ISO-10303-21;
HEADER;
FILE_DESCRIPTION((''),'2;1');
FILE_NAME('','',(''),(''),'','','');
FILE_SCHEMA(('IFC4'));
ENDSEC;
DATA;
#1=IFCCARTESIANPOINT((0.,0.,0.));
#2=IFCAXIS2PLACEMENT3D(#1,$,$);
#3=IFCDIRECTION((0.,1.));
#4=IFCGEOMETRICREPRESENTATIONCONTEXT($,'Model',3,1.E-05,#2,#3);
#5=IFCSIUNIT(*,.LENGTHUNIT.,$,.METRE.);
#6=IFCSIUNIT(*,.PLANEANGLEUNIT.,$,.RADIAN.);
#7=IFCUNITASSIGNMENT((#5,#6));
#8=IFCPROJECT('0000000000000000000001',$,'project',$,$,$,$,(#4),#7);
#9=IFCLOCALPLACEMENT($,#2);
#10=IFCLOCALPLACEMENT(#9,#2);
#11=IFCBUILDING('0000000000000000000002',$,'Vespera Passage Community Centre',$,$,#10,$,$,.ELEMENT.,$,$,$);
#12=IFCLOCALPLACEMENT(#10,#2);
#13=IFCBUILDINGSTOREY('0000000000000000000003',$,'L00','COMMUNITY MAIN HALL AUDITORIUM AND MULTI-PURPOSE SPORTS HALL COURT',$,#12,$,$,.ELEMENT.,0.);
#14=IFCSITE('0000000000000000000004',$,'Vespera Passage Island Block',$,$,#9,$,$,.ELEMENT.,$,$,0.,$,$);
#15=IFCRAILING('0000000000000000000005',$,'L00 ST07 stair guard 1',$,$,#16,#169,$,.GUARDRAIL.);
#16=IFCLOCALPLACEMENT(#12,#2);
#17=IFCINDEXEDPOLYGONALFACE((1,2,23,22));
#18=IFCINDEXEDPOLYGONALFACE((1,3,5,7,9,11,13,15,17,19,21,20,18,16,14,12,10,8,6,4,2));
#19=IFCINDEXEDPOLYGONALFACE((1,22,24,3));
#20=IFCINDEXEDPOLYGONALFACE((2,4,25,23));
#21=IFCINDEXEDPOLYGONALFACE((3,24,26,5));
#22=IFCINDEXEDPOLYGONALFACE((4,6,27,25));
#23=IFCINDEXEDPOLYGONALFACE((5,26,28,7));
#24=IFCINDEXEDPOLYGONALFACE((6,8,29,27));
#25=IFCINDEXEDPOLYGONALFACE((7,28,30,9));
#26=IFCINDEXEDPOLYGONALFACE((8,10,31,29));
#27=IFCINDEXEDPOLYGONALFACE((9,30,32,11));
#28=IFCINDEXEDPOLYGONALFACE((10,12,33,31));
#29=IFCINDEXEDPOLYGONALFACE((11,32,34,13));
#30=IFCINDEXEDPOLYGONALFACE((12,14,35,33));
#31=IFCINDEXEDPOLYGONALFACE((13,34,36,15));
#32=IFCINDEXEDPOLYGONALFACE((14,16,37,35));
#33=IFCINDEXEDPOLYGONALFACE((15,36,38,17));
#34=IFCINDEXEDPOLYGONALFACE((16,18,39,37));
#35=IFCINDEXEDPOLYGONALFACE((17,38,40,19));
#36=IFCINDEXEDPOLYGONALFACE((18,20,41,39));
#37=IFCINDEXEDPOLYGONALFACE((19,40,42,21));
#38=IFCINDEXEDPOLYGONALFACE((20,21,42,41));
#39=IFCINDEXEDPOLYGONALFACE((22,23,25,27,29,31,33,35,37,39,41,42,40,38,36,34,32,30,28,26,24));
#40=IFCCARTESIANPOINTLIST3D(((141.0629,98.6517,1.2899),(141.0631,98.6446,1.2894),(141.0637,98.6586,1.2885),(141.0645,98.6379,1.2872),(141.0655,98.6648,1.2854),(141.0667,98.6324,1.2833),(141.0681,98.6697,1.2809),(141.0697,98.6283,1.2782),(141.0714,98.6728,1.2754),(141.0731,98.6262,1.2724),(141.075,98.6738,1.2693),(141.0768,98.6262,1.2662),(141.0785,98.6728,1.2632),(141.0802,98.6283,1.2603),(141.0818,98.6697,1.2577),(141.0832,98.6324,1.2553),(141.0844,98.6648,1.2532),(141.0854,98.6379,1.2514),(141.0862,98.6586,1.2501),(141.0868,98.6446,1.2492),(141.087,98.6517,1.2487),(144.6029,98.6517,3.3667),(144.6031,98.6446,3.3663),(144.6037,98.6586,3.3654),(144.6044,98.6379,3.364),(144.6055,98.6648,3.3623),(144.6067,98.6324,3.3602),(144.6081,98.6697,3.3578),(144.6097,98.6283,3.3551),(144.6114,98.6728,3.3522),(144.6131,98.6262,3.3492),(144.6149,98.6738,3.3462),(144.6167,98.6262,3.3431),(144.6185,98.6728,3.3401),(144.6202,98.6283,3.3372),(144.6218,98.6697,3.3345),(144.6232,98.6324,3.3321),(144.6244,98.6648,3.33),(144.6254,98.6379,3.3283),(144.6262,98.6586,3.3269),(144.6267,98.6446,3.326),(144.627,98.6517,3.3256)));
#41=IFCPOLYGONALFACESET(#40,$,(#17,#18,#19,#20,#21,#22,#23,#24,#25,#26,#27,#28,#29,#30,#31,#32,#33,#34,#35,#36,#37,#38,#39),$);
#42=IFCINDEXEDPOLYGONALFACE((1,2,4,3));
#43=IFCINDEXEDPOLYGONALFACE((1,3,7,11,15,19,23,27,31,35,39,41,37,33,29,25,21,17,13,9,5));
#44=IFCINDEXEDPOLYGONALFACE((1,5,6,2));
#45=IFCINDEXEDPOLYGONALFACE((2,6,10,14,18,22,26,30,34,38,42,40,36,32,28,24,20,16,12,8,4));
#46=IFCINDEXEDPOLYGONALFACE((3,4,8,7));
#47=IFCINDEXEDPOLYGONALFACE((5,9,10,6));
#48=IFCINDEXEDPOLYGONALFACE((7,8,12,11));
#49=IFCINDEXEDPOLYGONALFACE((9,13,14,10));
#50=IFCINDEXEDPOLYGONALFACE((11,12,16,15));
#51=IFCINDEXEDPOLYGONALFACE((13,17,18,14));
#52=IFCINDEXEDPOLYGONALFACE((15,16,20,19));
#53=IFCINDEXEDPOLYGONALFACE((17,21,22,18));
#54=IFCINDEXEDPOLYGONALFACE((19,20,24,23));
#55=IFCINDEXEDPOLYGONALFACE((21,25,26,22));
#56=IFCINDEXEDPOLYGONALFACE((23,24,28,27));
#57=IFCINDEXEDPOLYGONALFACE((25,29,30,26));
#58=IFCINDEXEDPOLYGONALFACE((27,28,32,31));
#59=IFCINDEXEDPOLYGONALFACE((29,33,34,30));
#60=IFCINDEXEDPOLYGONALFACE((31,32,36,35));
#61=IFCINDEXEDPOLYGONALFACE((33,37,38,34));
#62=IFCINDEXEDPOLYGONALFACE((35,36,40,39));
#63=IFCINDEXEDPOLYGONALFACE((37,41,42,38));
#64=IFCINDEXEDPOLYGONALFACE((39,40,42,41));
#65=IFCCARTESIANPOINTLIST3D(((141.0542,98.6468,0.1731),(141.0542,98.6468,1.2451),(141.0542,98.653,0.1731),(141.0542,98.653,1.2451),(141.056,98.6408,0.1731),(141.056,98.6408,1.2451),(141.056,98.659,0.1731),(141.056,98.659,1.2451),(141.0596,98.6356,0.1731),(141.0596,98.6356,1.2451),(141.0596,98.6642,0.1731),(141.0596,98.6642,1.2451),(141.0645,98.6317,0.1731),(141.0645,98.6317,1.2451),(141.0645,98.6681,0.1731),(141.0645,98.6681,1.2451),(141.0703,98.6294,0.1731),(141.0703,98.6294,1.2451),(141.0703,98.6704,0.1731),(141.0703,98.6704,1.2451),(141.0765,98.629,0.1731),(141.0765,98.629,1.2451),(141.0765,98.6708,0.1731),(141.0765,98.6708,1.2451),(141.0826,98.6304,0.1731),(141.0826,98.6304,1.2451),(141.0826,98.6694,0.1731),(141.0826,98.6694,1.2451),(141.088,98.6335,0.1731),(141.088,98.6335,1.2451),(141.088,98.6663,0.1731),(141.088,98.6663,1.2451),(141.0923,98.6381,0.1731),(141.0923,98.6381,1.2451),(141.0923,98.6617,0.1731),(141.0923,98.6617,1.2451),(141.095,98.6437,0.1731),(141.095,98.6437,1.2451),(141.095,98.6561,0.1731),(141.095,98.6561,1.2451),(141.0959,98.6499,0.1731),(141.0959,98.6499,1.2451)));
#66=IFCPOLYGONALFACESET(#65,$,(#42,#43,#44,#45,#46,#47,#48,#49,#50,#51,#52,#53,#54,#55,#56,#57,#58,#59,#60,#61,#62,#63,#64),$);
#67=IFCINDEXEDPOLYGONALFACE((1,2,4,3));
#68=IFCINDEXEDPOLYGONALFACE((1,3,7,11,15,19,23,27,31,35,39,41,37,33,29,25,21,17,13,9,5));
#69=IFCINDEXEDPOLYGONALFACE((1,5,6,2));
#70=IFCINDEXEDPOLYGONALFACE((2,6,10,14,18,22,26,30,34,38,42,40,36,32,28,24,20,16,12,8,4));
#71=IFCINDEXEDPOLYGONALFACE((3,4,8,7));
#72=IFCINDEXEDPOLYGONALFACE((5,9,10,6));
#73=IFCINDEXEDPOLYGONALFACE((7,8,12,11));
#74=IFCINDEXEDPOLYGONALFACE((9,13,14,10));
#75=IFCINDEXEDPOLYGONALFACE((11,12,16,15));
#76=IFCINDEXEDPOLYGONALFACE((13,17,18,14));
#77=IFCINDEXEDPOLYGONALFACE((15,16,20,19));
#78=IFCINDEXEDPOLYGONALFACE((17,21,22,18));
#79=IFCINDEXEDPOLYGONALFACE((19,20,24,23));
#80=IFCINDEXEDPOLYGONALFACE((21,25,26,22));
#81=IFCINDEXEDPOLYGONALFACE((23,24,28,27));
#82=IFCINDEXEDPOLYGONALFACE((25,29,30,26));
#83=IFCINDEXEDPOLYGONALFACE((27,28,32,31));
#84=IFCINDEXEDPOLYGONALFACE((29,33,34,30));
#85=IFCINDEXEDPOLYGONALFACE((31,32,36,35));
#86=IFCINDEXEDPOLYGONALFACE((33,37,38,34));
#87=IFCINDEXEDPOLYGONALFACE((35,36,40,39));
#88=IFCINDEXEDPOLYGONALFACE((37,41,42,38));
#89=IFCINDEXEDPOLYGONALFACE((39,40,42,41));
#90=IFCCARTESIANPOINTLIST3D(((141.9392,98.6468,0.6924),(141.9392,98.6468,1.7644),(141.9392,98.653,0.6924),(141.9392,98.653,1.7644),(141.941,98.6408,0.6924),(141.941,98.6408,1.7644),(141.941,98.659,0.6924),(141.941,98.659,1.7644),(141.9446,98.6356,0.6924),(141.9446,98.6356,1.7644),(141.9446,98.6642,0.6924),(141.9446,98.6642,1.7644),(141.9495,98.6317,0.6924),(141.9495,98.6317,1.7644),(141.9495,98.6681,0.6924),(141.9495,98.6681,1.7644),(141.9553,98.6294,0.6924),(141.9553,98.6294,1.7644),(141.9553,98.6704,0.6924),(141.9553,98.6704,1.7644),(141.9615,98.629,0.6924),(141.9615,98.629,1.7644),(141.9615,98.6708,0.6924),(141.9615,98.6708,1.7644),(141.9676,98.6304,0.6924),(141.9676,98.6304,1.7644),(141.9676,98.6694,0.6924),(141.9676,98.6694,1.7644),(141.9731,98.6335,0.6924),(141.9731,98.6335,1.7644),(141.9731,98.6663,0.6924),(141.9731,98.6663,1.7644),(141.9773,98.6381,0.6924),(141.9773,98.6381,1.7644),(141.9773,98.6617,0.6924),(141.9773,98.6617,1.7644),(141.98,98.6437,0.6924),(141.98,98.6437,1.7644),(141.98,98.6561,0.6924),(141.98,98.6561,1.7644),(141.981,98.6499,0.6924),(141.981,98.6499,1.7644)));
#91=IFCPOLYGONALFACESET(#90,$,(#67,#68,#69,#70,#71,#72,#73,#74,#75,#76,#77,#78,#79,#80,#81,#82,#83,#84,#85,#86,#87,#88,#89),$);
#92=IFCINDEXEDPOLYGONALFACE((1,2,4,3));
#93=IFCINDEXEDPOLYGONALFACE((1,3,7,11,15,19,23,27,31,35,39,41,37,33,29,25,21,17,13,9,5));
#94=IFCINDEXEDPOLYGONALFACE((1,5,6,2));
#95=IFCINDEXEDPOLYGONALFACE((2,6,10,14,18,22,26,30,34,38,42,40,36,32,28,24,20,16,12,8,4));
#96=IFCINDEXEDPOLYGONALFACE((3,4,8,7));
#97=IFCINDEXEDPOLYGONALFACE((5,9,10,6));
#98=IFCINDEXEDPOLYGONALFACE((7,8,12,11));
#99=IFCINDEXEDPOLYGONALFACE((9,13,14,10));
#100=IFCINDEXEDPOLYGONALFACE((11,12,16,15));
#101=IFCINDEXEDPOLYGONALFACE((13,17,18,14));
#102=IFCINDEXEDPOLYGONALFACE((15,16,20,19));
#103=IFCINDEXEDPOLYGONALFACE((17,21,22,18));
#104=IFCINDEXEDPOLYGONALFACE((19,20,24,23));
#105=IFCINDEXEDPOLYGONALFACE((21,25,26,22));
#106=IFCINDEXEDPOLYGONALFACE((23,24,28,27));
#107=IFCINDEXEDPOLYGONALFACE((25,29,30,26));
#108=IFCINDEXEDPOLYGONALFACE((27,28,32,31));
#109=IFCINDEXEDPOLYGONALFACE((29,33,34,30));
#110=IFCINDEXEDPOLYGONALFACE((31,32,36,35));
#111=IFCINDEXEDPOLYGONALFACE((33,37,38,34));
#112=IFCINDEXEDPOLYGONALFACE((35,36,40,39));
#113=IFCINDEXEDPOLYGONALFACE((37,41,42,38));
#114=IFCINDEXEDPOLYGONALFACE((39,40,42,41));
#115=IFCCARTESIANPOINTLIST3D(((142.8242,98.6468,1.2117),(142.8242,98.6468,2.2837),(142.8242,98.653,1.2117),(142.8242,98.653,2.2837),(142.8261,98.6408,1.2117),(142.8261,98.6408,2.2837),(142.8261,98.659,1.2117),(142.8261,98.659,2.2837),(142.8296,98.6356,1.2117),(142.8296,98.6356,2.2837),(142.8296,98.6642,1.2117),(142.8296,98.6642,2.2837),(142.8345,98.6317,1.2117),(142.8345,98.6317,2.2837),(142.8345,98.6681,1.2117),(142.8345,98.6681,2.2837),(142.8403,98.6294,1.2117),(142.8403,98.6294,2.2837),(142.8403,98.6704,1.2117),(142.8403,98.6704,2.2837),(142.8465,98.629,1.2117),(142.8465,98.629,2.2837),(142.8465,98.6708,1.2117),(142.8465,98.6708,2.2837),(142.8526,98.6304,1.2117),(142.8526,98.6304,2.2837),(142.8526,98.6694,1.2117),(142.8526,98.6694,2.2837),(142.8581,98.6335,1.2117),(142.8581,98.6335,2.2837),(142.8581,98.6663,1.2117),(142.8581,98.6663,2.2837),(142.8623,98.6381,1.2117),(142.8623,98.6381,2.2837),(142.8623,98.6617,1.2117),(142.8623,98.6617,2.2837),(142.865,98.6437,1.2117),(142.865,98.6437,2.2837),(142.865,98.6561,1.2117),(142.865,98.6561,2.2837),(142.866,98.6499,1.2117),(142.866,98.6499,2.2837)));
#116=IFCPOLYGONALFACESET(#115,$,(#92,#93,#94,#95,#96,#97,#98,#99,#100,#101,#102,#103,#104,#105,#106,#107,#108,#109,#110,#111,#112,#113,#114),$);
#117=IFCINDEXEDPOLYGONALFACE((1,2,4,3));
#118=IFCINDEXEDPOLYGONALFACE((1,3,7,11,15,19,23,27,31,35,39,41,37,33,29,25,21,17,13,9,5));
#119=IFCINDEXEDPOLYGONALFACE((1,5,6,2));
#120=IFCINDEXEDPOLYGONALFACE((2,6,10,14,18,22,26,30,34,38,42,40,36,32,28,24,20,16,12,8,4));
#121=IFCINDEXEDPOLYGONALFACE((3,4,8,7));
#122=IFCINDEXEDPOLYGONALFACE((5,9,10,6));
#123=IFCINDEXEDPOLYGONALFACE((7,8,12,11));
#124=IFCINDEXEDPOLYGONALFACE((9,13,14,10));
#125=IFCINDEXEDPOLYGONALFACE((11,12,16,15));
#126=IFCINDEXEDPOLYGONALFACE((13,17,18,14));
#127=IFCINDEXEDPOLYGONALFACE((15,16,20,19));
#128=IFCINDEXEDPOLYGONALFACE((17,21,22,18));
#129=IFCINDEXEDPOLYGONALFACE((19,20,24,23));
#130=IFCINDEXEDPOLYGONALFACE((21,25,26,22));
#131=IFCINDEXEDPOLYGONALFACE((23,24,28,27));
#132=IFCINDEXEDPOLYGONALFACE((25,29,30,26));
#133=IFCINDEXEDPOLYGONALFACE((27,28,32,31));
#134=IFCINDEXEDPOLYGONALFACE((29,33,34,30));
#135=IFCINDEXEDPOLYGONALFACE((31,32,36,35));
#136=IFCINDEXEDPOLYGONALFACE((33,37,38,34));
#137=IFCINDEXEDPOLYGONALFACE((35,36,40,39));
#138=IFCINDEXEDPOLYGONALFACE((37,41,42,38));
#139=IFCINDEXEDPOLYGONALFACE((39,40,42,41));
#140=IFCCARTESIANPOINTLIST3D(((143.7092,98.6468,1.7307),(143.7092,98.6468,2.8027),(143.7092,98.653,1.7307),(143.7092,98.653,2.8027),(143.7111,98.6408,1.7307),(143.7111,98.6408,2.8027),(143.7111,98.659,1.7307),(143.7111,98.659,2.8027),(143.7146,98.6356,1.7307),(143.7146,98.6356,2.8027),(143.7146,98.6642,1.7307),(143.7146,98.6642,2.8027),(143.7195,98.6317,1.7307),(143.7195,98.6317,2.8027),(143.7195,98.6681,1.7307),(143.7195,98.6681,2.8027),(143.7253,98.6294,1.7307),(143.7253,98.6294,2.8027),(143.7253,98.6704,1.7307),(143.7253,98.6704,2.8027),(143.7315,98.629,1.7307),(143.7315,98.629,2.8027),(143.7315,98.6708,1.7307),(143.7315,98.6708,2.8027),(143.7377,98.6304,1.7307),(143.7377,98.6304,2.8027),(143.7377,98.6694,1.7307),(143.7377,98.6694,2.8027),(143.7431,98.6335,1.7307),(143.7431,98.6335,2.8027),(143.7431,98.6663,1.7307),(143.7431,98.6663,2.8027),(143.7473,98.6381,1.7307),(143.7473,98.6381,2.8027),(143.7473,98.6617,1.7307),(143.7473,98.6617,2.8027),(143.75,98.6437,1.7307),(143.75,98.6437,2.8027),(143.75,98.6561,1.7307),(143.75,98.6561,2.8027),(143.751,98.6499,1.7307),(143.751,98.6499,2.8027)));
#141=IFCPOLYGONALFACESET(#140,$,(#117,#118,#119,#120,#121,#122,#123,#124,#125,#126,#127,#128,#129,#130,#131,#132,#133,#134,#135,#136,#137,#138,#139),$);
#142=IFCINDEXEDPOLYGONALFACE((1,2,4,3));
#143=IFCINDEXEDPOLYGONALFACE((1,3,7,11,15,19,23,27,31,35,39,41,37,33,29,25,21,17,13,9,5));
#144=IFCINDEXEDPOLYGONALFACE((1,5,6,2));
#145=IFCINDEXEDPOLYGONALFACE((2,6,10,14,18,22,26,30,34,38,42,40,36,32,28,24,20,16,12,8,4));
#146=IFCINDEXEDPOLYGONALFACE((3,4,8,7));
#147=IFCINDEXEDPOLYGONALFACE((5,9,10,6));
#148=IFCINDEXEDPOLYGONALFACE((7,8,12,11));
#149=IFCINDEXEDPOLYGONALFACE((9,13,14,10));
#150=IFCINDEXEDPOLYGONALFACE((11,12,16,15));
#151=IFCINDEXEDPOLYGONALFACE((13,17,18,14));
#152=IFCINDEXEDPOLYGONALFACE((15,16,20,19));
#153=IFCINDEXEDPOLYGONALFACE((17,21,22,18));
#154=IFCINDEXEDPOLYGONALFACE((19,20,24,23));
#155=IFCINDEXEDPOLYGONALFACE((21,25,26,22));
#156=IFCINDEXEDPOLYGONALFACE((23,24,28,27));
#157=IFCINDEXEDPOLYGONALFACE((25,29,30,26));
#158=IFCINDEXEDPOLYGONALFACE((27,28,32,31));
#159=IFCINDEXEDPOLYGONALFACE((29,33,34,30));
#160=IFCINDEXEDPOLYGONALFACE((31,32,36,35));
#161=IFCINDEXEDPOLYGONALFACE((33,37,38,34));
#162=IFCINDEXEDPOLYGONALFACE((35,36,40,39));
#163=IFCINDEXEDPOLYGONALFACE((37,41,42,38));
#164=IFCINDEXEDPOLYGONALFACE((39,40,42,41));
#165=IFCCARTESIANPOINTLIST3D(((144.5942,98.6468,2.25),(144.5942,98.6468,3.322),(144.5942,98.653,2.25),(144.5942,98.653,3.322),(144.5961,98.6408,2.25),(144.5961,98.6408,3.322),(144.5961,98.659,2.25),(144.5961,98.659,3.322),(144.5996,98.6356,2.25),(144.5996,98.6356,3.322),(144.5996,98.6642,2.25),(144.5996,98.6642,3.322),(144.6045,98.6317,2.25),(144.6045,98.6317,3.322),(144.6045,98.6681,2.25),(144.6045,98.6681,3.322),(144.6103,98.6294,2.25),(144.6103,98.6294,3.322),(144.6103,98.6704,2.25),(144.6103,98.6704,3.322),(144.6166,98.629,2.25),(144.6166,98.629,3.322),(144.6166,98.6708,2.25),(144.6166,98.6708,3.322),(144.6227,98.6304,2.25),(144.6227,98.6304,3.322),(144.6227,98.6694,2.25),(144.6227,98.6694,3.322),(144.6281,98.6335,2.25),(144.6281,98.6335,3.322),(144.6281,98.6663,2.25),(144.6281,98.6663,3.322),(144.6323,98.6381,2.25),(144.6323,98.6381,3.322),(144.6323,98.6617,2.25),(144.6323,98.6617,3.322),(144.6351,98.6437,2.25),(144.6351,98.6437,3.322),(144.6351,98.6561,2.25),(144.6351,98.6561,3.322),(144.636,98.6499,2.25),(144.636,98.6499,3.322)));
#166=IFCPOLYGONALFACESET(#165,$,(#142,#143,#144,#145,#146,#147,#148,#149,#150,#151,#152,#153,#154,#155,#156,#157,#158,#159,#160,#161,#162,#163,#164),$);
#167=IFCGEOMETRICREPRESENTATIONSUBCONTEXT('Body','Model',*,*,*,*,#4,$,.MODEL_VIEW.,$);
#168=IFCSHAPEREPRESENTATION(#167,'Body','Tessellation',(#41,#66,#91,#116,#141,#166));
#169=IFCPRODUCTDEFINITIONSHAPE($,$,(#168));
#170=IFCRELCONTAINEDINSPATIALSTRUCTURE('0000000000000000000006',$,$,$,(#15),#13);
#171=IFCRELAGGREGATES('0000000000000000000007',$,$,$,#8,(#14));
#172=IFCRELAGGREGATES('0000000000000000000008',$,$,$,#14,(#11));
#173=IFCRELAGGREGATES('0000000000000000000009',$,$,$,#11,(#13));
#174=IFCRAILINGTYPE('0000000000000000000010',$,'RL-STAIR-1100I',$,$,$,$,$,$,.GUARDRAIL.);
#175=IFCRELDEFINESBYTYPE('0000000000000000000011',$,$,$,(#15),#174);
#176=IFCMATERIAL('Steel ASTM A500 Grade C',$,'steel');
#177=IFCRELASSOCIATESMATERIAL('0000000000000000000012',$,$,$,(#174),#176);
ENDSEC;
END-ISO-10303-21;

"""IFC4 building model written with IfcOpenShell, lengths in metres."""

from ifc_helpers import new_model, si_unit, direction, frame, origin, origin_2d, place, context, subcontext, project, spatial, circle, extrude, material, type_object, element, save


model = new_model("IFC4")

# Units and contexts
model_context = context("Model", 3, precision=1e-05, world=origin(), true_north=direction((0.0, 1.0)))
body_context = subcontext(model_context, "Body", "Model", "MODEL_VIEW")
ifc_project = project(units=[si_unit("LENGTHUNIT", "METRE"), si_unit("PLANEANGLEUNIT", "RADIAN")], contexts=[model_context])

# Site, building, storey
site_placement = place(None, origin())
site = spatial("IfcSite", under=ifc_project, at=site_placement, Name="Vespera Passage Island Block", CompositionType="ELEMENT", RefElevation=0.0)
building_placement = place(site_placement, origin())
building = spatial("IfcBuilding", under=site, at=building_placement, Name="Vespera Passage Community Centre", CompositionType="ELEMENT")
storey_placement = place(building_placement, origin())
storey = spatial("IfcBuildingStorey", under=building, at=storey_placement, Name="L00", Description="COMMUNITY MAIN HALL AUDITORIUM AND MULTI-PURPOSE SPORTS HALL COURT", CompositionType="ELEMENT", Elevation=0.0)

# Railing
ifc_material_1 = material(Name="Steel ASTM A500 Grade C", Category="steel")
railing_type_1 = type_object("IfcRailingType", Name="RL-STAIR-1100I", PredefinedType="GUARDRAIL", material=ifc_material_1)
railing_1_placement = place(storey_placement, frame((141.075, 98.6499, 0.1731)))
element("IfcRailing", 1, at=railing_1_placement, inside=storey, type_object=railing_type_1, Name="L00 ST07 stair guard 1", PredefinedType="GUARDRAIL", context=body_context, shape_type="SweptSolid", body=[
    extrude(circle(Radius=0.0239, at=origin_2d()), frame((0.0, 0.0, 1.0962), z_axis=(0.862516, 0.0, 0.506029), x_axis=(0.0, 1.0, 0.0)), (0.0, 0.0, 1.0), 4.1042),
    extrude(circle(Radius=0.021, at=origin_2d()), origin(), (0.0, 0.0, 1.0), 1.072),
    extrude(circle(Radius=0.021, at=origin_2d()), frame((0.885, 0.0, 0.5193)), (0.0, 0.0, 1.0), 1.072),
    extrude(circle(Radius=0.021, at=origin_2d()), frame((1.77, 0.0, 1.0386)), (0.0, 0.0, 1.0), 1.072),
    extrude(circle(Radius=0.021, at=origin_2d()), frame((2.655, 0.0, 1.5576)), (0.0, 0.0, 1.0), 1.072),
    extrude(circle(Radius=0.021, at=origin_2d()), frame((3.54, 0.0, 2.0769)), (0.0, 0.0, 1.0), 1.072),
])

save(model, "model.ifc")
